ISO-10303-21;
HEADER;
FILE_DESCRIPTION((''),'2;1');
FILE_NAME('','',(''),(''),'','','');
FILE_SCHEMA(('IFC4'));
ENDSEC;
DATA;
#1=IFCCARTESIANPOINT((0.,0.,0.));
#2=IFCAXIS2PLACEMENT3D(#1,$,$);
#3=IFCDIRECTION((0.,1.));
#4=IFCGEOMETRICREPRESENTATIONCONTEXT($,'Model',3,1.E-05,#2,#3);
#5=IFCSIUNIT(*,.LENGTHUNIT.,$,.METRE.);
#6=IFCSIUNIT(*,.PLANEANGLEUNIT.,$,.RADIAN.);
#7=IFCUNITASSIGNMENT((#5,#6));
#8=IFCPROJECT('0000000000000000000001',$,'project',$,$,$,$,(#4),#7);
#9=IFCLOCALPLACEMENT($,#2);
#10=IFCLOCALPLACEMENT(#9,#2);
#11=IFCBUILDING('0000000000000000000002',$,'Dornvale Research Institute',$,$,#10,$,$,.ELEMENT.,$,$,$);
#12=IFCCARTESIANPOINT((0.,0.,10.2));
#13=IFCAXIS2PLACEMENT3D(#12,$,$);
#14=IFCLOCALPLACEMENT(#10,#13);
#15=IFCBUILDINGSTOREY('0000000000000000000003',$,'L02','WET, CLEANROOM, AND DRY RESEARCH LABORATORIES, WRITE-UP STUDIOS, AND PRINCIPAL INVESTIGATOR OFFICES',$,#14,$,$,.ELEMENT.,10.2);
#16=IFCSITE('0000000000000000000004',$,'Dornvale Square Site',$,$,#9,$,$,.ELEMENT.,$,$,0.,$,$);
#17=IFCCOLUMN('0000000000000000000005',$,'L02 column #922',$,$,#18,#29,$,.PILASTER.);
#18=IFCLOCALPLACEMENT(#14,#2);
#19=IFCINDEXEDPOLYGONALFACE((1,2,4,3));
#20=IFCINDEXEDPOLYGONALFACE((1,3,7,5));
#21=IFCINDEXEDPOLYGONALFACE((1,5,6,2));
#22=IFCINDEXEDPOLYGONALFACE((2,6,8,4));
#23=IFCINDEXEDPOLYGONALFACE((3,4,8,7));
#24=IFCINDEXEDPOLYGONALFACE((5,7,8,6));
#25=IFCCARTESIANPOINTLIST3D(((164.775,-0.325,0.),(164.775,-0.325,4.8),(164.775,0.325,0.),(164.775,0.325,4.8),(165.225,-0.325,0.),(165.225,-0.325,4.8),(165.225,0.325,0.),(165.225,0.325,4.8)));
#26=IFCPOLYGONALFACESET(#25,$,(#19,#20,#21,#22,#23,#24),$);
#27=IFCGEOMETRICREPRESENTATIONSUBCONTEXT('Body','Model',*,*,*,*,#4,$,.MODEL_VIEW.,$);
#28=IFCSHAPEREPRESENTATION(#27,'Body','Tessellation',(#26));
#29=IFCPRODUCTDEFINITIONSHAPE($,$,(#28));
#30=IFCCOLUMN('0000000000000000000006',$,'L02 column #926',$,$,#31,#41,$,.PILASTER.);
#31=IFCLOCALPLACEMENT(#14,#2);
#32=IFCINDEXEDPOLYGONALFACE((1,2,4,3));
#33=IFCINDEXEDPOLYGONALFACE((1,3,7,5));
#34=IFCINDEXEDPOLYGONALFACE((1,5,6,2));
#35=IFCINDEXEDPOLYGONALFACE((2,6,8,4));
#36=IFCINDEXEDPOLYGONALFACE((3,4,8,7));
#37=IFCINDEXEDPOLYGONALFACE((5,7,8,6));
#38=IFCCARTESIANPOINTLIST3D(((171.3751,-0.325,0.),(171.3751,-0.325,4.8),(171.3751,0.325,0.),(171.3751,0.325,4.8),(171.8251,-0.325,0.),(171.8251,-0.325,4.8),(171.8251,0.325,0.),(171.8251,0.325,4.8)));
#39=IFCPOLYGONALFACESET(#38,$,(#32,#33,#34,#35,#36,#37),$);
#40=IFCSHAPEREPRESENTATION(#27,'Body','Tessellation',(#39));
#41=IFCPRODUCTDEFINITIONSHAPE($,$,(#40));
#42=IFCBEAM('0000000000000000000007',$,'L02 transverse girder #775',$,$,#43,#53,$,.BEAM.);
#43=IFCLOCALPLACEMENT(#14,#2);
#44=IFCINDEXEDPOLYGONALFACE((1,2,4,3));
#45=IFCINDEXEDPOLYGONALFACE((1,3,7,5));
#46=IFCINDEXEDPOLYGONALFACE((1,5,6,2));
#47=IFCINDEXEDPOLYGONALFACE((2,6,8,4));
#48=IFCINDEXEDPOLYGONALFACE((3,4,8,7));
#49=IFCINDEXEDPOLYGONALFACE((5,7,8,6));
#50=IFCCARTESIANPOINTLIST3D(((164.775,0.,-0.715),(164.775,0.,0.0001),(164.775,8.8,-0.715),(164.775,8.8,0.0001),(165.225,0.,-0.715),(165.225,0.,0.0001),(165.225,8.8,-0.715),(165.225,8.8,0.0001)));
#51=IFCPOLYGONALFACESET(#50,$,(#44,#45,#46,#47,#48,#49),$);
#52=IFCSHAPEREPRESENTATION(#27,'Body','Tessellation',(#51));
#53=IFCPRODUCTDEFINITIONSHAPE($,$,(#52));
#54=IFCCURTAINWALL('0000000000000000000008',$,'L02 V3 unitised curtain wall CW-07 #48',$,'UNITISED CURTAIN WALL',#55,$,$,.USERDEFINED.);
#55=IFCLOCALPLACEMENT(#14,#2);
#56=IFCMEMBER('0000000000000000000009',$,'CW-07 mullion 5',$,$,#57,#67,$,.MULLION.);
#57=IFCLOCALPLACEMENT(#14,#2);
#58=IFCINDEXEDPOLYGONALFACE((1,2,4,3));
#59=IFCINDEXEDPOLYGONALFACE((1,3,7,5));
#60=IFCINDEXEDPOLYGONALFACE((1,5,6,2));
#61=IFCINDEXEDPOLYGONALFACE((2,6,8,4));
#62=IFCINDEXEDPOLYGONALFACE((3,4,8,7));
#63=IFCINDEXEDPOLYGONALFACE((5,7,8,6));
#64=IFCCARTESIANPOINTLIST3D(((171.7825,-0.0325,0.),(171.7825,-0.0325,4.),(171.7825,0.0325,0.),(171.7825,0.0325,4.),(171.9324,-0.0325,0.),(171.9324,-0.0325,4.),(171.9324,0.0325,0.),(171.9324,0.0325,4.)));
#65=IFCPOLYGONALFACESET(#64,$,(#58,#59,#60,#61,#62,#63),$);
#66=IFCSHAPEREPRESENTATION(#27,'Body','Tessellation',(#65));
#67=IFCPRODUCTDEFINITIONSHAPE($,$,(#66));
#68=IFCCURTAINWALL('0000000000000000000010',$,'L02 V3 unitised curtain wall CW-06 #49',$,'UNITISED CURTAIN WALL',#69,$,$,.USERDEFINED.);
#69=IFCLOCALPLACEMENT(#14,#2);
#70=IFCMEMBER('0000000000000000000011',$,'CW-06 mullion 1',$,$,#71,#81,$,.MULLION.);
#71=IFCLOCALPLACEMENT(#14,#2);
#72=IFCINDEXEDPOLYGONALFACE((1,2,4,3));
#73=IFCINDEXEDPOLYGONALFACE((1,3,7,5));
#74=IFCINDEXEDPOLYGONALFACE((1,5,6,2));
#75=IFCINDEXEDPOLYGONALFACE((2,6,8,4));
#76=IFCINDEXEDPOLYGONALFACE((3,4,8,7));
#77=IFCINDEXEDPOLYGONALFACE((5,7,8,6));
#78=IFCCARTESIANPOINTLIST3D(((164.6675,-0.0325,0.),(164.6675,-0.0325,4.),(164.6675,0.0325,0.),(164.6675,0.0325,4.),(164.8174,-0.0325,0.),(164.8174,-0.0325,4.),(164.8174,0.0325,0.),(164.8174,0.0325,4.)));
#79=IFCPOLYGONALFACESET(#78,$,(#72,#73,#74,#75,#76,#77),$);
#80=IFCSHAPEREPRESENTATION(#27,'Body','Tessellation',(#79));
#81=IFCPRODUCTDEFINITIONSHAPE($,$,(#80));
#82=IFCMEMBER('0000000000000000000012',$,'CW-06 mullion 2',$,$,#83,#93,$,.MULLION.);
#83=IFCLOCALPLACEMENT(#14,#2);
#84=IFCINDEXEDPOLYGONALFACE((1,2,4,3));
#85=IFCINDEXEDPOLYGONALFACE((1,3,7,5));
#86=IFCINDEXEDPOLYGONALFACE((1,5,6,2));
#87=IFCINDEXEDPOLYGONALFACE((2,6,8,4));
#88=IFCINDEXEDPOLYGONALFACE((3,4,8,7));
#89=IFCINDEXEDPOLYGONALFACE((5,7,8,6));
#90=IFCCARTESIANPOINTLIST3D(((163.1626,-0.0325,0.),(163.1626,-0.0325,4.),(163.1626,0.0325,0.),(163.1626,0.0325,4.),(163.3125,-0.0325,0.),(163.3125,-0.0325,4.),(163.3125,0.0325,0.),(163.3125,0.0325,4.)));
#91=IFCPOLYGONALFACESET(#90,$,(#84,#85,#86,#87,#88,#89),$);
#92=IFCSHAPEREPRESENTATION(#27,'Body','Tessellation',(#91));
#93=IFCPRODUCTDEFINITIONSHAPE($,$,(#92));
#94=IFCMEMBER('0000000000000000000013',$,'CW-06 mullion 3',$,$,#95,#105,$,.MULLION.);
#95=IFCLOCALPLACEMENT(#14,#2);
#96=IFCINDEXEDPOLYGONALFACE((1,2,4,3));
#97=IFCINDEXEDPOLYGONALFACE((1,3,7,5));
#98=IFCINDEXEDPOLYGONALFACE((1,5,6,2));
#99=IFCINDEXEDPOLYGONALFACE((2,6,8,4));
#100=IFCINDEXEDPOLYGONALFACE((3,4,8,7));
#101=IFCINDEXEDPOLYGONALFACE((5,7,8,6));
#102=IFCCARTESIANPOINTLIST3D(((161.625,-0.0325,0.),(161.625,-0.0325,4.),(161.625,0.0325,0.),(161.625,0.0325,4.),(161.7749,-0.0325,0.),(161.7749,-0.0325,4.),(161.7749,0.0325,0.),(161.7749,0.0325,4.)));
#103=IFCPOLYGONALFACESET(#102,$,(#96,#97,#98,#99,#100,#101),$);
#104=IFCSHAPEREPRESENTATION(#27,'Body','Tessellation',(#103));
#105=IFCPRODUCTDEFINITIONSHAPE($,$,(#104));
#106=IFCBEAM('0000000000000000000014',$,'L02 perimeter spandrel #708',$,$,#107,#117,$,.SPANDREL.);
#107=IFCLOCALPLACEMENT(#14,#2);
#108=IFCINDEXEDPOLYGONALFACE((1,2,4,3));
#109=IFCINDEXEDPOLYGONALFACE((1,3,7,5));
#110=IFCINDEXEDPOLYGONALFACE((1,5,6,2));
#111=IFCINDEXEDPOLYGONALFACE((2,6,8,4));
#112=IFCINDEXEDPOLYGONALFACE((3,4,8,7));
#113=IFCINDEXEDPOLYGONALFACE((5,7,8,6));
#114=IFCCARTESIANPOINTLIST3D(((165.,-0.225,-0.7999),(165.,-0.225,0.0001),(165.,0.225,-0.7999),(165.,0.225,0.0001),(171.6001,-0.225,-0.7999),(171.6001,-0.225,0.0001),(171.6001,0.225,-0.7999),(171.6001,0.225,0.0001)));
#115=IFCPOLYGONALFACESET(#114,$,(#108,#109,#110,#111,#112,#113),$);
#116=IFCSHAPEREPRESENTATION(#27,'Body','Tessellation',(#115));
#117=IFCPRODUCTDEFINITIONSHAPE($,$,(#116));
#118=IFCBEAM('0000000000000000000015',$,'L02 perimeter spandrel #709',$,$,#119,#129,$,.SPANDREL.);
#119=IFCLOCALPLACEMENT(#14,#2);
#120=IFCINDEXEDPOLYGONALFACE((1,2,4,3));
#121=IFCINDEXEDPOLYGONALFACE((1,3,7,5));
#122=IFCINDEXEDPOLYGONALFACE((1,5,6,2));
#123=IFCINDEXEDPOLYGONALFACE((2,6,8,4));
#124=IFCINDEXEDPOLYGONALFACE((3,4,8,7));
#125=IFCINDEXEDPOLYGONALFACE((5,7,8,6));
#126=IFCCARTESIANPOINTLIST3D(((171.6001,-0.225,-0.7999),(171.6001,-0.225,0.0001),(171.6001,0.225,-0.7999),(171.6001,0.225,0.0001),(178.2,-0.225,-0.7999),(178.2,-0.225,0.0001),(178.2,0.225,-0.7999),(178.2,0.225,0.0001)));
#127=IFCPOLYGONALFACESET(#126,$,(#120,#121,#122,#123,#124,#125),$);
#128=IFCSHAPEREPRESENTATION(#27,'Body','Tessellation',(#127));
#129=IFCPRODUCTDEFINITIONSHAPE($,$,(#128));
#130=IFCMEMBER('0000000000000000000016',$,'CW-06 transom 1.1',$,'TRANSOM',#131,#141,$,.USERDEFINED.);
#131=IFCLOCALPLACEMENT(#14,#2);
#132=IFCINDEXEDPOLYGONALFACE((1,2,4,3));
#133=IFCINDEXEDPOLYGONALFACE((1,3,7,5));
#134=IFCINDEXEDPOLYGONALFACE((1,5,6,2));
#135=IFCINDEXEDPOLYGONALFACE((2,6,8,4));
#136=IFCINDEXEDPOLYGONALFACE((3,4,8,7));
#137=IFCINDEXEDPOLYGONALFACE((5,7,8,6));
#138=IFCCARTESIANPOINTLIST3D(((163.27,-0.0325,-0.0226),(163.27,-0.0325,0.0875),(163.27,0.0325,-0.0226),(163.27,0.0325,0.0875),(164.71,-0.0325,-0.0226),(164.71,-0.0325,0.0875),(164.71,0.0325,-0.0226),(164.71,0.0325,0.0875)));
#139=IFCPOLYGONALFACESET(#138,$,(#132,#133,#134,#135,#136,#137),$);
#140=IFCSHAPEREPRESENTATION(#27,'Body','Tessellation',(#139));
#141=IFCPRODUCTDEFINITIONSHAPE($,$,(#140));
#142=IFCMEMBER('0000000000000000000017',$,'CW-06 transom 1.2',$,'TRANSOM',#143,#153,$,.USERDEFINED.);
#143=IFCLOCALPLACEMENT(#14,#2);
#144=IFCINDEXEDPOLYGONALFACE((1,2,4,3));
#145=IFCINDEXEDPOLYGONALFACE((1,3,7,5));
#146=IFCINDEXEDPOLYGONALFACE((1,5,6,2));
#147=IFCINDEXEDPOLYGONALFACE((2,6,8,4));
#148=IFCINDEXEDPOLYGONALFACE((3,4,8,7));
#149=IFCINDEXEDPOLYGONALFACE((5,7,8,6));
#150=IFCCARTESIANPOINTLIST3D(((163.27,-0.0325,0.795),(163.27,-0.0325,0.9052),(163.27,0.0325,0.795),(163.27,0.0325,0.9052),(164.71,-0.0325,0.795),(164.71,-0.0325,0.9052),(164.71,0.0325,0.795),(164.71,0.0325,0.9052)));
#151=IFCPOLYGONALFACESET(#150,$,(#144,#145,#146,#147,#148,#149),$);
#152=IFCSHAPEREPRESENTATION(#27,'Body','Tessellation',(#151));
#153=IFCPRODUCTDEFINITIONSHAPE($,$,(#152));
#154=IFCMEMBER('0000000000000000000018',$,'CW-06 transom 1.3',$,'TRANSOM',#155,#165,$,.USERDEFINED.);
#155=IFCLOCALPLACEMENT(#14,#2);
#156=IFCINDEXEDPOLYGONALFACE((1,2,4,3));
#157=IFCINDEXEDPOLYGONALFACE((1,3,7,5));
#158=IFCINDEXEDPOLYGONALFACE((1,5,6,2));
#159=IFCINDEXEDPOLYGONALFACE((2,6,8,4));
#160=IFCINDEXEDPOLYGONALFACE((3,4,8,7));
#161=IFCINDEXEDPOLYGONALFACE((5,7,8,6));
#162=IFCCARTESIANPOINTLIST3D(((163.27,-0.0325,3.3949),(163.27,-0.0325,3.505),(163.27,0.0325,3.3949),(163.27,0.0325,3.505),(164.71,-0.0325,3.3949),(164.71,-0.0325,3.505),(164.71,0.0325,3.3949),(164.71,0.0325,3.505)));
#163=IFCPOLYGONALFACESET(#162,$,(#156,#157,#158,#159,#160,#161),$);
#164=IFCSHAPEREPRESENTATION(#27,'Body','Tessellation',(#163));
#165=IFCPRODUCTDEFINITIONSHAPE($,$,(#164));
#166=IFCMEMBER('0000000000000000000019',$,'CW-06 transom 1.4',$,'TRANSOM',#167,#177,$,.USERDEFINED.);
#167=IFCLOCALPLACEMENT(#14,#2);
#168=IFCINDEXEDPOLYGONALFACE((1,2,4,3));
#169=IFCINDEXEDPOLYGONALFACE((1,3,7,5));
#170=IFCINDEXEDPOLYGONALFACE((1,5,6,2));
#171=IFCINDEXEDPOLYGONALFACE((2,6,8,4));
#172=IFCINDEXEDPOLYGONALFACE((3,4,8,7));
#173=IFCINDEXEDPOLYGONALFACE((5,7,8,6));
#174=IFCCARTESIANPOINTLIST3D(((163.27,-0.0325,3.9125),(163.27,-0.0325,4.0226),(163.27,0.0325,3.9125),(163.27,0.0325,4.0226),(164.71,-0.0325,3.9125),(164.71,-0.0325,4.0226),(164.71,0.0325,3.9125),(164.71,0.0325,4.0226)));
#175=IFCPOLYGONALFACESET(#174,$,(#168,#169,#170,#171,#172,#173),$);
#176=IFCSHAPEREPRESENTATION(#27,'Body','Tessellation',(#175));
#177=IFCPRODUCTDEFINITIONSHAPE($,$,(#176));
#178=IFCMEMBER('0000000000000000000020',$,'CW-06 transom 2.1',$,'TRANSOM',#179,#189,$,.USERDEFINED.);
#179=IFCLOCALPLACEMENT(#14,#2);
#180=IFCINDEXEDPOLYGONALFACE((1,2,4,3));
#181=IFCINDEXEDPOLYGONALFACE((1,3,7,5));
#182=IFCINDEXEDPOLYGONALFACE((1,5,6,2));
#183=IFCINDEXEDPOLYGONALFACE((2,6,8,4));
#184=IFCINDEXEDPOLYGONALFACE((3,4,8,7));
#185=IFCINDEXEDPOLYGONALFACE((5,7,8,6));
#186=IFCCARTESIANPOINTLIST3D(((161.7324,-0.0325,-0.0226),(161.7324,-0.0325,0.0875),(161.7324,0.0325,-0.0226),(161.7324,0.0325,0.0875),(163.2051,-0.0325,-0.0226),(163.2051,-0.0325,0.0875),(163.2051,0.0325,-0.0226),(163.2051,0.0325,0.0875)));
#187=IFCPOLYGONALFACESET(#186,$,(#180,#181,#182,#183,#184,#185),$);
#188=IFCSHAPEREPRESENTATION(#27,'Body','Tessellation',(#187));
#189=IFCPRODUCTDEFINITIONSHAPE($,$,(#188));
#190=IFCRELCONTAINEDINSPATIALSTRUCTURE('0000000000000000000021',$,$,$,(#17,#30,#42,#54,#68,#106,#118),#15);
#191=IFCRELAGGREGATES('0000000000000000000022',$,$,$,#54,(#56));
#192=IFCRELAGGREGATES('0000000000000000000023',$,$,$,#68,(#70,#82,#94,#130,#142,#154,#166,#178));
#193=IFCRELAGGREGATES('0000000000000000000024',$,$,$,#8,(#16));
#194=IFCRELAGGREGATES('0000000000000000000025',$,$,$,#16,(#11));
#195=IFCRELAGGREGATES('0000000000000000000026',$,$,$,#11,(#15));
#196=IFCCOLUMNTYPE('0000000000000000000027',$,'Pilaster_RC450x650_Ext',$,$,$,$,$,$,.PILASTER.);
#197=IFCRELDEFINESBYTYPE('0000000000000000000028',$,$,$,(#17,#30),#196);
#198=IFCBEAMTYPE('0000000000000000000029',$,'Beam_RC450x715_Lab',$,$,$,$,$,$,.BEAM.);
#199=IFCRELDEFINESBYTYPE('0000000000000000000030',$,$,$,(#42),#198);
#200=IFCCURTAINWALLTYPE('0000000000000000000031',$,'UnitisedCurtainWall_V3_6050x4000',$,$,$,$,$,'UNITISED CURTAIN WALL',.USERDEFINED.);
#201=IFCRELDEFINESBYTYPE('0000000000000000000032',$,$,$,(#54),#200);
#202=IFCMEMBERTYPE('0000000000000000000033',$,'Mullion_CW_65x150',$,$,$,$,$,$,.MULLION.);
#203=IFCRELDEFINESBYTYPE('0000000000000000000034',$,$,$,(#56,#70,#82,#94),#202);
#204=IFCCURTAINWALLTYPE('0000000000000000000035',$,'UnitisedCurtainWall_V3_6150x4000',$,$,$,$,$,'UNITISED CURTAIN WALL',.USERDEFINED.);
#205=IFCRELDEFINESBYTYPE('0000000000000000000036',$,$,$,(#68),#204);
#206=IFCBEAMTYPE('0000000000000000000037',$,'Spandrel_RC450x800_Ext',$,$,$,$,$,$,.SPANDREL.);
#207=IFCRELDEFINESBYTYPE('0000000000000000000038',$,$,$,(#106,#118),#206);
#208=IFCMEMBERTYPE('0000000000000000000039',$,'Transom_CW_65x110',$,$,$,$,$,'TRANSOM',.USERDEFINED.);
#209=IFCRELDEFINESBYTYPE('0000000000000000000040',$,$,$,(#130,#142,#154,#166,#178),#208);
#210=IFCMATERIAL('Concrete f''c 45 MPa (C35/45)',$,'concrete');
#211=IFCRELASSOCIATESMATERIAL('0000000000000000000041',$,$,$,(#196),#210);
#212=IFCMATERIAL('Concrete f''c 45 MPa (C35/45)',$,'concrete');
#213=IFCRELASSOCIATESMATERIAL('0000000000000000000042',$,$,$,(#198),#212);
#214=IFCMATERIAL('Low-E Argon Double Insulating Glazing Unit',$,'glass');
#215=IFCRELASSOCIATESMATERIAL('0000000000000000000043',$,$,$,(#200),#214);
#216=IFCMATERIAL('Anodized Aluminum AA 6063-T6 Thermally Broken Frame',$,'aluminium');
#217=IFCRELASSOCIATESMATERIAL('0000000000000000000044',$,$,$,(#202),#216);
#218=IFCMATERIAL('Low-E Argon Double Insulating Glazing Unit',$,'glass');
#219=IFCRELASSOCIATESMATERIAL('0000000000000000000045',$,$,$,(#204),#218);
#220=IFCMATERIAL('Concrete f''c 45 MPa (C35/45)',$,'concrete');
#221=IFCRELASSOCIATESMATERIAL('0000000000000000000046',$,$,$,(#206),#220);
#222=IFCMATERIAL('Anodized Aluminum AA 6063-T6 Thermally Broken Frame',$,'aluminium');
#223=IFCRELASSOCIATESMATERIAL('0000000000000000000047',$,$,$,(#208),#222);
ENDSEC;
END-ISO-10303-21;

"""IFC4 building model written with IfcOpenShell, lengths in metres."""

from ifc_helpers import new_model, si_unit, direction, frame, origin, origin_2d, place, context, subcontext, project, spatial, rectangle, extrude, material, material_profile, profile_set, type_object, element, aggregate, save


model = new_model("IFC4")

# Units and contexts
model_context = context("Model", 3, precision=1e-05, world=origin(), true_north=direction((0.0, 1.0)))
body_context = subcontext(model_context, "Body", "Model", "MODEL_VIEW")
ifc_project = project(units=[si_unit("LENGTHUNIT", "METRE"), si_unit("PLANEANGLEUNIT", "RADIAN")], contexts=[model_context])

# Site, building, storey
site_placement = place(None, origin())
site = spatial("IfcSite", under=ifc_project, at=site_placement, Name="Dornvale Square Site", CompositionType="ELEMENT", RefElevation=0.0)
building_placement = place(site_placement, origin())
building = spatial("IfcBuilding", under=site, at=building_placement, Name="Dornvale Research Institute", CompositionType="ELEMENT")
storey_placement = place(building_placement, frame((0.0, 0.0, 10.2)))
storey = spatial("IfcBuildingStorey", under=building, at=storey_placement, Name="L02", Description="WET, CLEANROOM, AND DRY RESEARCH LABORATORIES, WRITE-UP STUDIOS, AND PRINCIPAL INVESTIGATOR OFFICES", CompositionType="ELEMENT", Elevation=10.2)

# Columns
ifc_material_1 = material(Name="Concrete f'c 45 MPa (C35/45)", Category="concrete")
ifc_material_profile_1 = material_profile(ifc_material_1, rectangle(XDim=0.45, YDim=0.6499, at=origin_2d()), Name="RC 450x650")
ifc_profile_set_1 = profile_set([ifc_material_profile_1], Name="Concrete f'c 45 MPa (C35/45)")
column_type = type_object("IfcColumnType", Name="Pilaster_RC450x650_Ext", PredefinedType="PILASTER", material=ifc_profile_set_1)
for number, where, z_axis, x_axis, name in (
    (1, (165.0, 0.0, 0.0), (0.0, 0.0, 1.0), (1.0, 0.0, 0.0), "L02 column #922"),
    (2, (171.6001, 0.0, 0.0), (0.0, 0.0, 1.0), (1.0, 0.0, 0.0), "L02 column #926"),
):
    element("IfcColumn", number, at=place(storey_placement, frame(where, z_axis=z_axis, x_axis=x_axis)), inside=storey, type_object=column_type, Name=name, PredefinedType="PILASTER", context=body_context, shape_type="SweptSolid", body=[
        extrude(rectangle(XDim=0.45, YDim=0.6499, at=origin_2d()), origin(), (0.0, 0.0, 1.0), 4.8),
    ])

# Beam
ifc_material_2 = material(Name="Concrete f'c 45 MPa (C35/45)", Category="concrete")
ifc_material_profile_2 = material_profile(ifc_material_2, rectangle(XDim=0.45, YDim=0.7151, at=origin_2d()), Name="RC 450x715")
ifc_profile_set_2 = profile_set([ifc_material_profile_2], Name="Concrete f'c 45 MPa (C35/45)")
beam_type_1 = type_object("IfcBeamType", Name="Beam_RC450x715_Lab", PredefinedType="BEAM", material=ifc_profile_set_2)
beam_1_placement = place(storey_placement, frame((165.0, 0.0, -0.3574), z_axis=(0.0, 1.0, 0.0), x_axis=(-1.0, 0.0, 0.0)))
element("IfcBeam", 3, at=beam_1_placement, inside=storey, type_object=beam_type_1, Name="L02 transverse girder #775", PredefinedType="BEAM", context=body_context, shape_type="SweptSolid", body=[
    extrude(rectangle(XDim=0.45, YDim=0.7151, at=origin_2d()), origin(), (0.0, 0.0, 1.0), 8.8),
])

# Curtain wall, member
ifc_material_3 = material(Name="Low-E Argon Double Insulating Glazing Unit", Category="glass")
curtain_wall_type_1 = type_object("IfcCurtainWallType", Name="UnitisedCurtainWall_V3_6050x4000", ElementType="UNITISED CURTAIN WALL", PredefinedType="USERDEFINED", material=ifc_material_3)
curtain_wall_1_placement = place(storey_placement, origin())
curtain_wall_1 = element("IfcCurtainWall", 4, at=curtain_wall_1_placement, inside=storey, type_object=curtain_wall_type_1, Name="L02 V3 unitised curtain wall CW-07 #48", ObjectType="UNITISED CURTAIN WALL", PredefinedType="USERDEFINED")
ifc_material_4 = material(Name="Anodized Aluminum AA 6063-T6 Thermally Broken Frame", Category="aluminium")
ifc_material_profile_3 = material_profile(ifc_material_4, rectangle(XDim=0.0649, YDim=0.1499, at=origin_2d()), Name="ALU MULLION 65x150")
ifc_profile_set_3 = profile_set([ifc_material_profile_3], Name="Anodized Aluminum AA 6063-T6 Thermally Broken Frame")
member_type_1 = type_object("IfcMemberType", Name="Mullion_CW_65x150", PredefinedType="MULLION", material=ifc_profile_set_3)
member_1_placement = place(storey_placement, frame((171.8574, 0.0, 0.0), z_axis=(0.0, 0.0, 1.0), x_axis=(0.0, -1.0, 0.0)))
member_1 = element("IfcMember", 5, at=member_1_placement, type_object=member_type_1, Name="CW-07 mullion 5", PredefinedType="MULLION", context=body_context, shape_type="SweptSolid", body=[
    extrude(rectangle(XDim=0.0649, YDim=0.1499, at=origin_2d()), origin(), (0.0, 0.0, 1.0), 4.0),
])
aggregate(curtain_wall_1, [member_1])

# Curtain wall, members
ifc_material_5 = material(Name="Low-E Argon Double Insulating Glazing Unit", Category="glass")
curtain_wall_type_2 = type_object("IfcCurtainWallType", Name="UnitisedCurtainWall_V3_6150x4000", ElementType="UNITISED CURTAIN WALL", PredefinedType="USERDEFINED", material=ifc_material_5)
curtain_wall_2_placement = place(storey_placement, origin())
curtain_wall_2 = element("IfcCurtainWall", 6, at=curtain_wall_2_placement, inside=storey, type_object=curtain_wall_type_2, Name="L02 V3 unitised curtain wall CW-06 #49", ObjectType="UNITISED CURTAIN WALL", PredefinedType="USERDEFINED")
member_2_placement = place(storey_placement, frame((164.7424, 0.0, 0.0), z_axis=(0.0, 0.0, 1.0), x_axis=(0.0, -1.0, 0.0)))
member_2 = element("IfcMember", 7, at=member_2_placement, type_object=member_type_1, Name="CW-06 mullion 1", PredefinedType="MULLION", context=body_context, shape_type="SweptSolid", body=[
    extrude(rectangle(XDim=0.0649, YDim=0.1499, at=origin_2d()), origin(), (0.0, 0.0, 1.0), 4.0),
])
member_3_placement = place(storey_placement, frame((163.2375, 0.0, 0.0), z_axis=(0.0, 0.0, 1.0), x_axis=(0.0, -1.0, 0.0)))
member_3 = element("IfcMember", 8, at=member_3_placement, type_object=member_type_1, Name="CW-06 mullion 2", PredefinedType="MULLION", context=body_context, shape_type="SweptSolid", body=[
    extrude(rectangle(XDim=0.0649, YDim=0.1499, at=origin_2d()), origin(), (0.0, 0.0, 1.0), 4.0),
])
member_4_placement = place(storey_placement, frame((161.7, 0.0, 0.0), z_axis=(0.0, 0.0, 1.0), x_axis=(0.0, -1.0, 0.0)))
member_4 = element("IfcMember", 9, at=member_4_placement, type_object=member_type_1, Name="CW-06 mullion 3", PredefinedType="MULLION", context=body_context, shape_type="SweptSolid", body=[
    extrude(rectangle(XDim=0.0649, YDim=0.1499, at=origin_2d()), origin(), (0.0, 0.0, 1.0), 4.0),
])

# Beams
ifc_material_6 = material(Name="Concrete f'c 45 MPa (C35/45)", Category="concrete")
ifc_material_profile_4 = material_profile(ifc_material_6, rectangle(XDim=0.45, YDim=0.8, at=origin_2d()), Name="RC 450x800")
ifc_profile_set_4 = profile_set([ifc_material_profile_4], Name="Concrete f'c 45 MPa (C35/45)")
beam_type_2 = type_object("IfcBeamType", Name="Spandrel_RC450x800_Ext", PredefinedType="SPANDREL", material=ifc_profile_set_4)
beam_2_placement = place(storey_placement, frame((165.0, 0.0, -0.3999), z_axis=(1.0, 0.0, 0.0), x_axis=(0.0, 1.0, 0.0)))
element("IfcBeam", 10, at=beam_2_placement, inside=storey, type_object=beam_type_2, Name="L02 perimeter spandrel #708", PredefinedType="SPANDREL", context=body_context, shape_type="SweptSolid", body=[
    extrude(rectangle(XDim=0.45, YDim=0.8, at=origin_2d()), origin(), (0.0, 0.0, 1.0), 6.6001),
])
beam_3_placement = place(storey_placement, frame((171.6001, 0.0, -0.3999), z_axis=(1.0, 0.0, 0.0), x_axis=(0.0, 1.0, 0.0)))
element("IfcBeam", 11, at=beam_3_placement, inside=storey, type_object=beam_type_2, Name="L02 perimeter spandrel #709", PredefinedType="SPANDREL", context=body_context, shape_type="SweptSolid", body=[
    extrude(rectangle(XDim=0.45, YDim=0.8, at=origin_2d()), origin(), (0.0, 0.0, 1.0), 6.5999),
])

# Members
ifc_material_7 = material(Name="Anodized Aluminum AA 6063-T6 Thermally Broken Frame", Category="aluminium")
ifc_material_profile_5 = material_profile(ifc_material_7, rectangle(XDim=0.0649, YDim=0.1101, at=origin_2d()), Name="ALU TRANSOM 65x110")
ifc_profile_set_5 = profile_set([ifc_material_profile_5], Name="Anodized Aluminum AA 6063-T6 Thermally Broken Frame")
member_type_2 = type_object("IfcMemberType", Name="Transom_CW_65x110", ElementType="TRANSOM", PredefinedType="USERDEFINED", material=ifc_profile_set_5)
member_5_placement = place(storey_placement, frame((164.71, 0.0, 0.0325), z_axis=(-1.0, 0.0, 0.0), x_axis=(0.0, -1.0, 0.0)))
member_5 = element("IfcMember", 12, at=member_5_placement, type_object=member_type_2, Name="CW-06 transom 1.1", ObjectType="TRANSOM", PredefinedType="USERDEFINED", context=body_context, shape_type="SweptSolid", body=[
    extrude(rectangle(XDim=0.0649, YDim=0.1101, at=origin_2d()), origin(), (0.0, 0.0, 1.0), 1.4399),
])
member_6_placement = place(storey_placement, frame((164.71, 0.0, 0.8501), z_axis=(-1.0, 0.0, 0.0), x_axis=(0.0, -1.0, 0.0)))
member_6 = element("IfcMember", 13, at=member_6_placement, type_object=member_type_2, Name="CW-06 transom 1.2", ObjectType="TRANSOM", PredefinedType="USERDEFINED", context=body_context, shape_type="SweptSolid", body=[
    extrude(rectangle(XDim=0.0649, YDim=0.1101, at=origin_2d()), origin(), (0.0, 0.0, 1.0), 1.4399),
])
member_7_placement = place(storey_placement, frame((164.71, 0.0, 3.45), z_axis=(-1.0, 0.0, 0.0), x_axis=(0.0, -1.0, 0.0)))
member_7 = element("IfcMember", 14, at=member_7_placement, type_object=member_type_2, Name="CW-06 transom 1.3", ObjectType="TRANSOM", PredefinedType="USERDEFINED", context=body_context, shape_type="SweptSolid", body=[
    extrude(rectangle(XDim=0.0649, YDim=0.1101, at=origin_2d()), origin(), (0.0, 0.0, 1.0), 1.4399),
])
member_8_placement = place(storey_placement, frame((164.71, 0.0, 3.9675), z_axis=(-1.0, 0.0, 0.0), x_axis=(0.0, -1.0, 0.0)))
member_8 = element("IfcMember", 15, at=member_8_placement, type_object=member_type_2, Name="CW-06 transom 1.4", ObjectType="TRANSOM", PredefinedType="USERDEFINED", context=body_context, shape_type="SweptSolid", body=[
    extrude(rectangle(XDim=0.0649, YDim=0.1101, at=origin_2d()), origin(), (0.0, 0.0, 1.0), 1.4399),
])
member_9_placement = place(storey_placement, frame((163.2051, 0.0, 0.0325), z_axis=(-1.0, 0.0, 0.0), x_axis=(0.0, -1.0, 0.0)))
member_9 = element("IfcMember", 16, at=member_9_placement, type_object=member_type_2, Name="CW-06 transom 2.1", ObjectType="TRANSOM", PredefinedType="USERDEFINED", context=body_context, shape_type="SweptSolid", body=[
    extrude(rectangle(XDim=0.0649, YDim=0.1101, at=origin_2d()), origin(), (0.0, 0.0, 1.0), 1.4727),
])

aggregate(curtain_wall_2, [member_2, member_3, member_4, member_5, member_6, member_7, member_8, member_9])

save(model, "model.ifc")
